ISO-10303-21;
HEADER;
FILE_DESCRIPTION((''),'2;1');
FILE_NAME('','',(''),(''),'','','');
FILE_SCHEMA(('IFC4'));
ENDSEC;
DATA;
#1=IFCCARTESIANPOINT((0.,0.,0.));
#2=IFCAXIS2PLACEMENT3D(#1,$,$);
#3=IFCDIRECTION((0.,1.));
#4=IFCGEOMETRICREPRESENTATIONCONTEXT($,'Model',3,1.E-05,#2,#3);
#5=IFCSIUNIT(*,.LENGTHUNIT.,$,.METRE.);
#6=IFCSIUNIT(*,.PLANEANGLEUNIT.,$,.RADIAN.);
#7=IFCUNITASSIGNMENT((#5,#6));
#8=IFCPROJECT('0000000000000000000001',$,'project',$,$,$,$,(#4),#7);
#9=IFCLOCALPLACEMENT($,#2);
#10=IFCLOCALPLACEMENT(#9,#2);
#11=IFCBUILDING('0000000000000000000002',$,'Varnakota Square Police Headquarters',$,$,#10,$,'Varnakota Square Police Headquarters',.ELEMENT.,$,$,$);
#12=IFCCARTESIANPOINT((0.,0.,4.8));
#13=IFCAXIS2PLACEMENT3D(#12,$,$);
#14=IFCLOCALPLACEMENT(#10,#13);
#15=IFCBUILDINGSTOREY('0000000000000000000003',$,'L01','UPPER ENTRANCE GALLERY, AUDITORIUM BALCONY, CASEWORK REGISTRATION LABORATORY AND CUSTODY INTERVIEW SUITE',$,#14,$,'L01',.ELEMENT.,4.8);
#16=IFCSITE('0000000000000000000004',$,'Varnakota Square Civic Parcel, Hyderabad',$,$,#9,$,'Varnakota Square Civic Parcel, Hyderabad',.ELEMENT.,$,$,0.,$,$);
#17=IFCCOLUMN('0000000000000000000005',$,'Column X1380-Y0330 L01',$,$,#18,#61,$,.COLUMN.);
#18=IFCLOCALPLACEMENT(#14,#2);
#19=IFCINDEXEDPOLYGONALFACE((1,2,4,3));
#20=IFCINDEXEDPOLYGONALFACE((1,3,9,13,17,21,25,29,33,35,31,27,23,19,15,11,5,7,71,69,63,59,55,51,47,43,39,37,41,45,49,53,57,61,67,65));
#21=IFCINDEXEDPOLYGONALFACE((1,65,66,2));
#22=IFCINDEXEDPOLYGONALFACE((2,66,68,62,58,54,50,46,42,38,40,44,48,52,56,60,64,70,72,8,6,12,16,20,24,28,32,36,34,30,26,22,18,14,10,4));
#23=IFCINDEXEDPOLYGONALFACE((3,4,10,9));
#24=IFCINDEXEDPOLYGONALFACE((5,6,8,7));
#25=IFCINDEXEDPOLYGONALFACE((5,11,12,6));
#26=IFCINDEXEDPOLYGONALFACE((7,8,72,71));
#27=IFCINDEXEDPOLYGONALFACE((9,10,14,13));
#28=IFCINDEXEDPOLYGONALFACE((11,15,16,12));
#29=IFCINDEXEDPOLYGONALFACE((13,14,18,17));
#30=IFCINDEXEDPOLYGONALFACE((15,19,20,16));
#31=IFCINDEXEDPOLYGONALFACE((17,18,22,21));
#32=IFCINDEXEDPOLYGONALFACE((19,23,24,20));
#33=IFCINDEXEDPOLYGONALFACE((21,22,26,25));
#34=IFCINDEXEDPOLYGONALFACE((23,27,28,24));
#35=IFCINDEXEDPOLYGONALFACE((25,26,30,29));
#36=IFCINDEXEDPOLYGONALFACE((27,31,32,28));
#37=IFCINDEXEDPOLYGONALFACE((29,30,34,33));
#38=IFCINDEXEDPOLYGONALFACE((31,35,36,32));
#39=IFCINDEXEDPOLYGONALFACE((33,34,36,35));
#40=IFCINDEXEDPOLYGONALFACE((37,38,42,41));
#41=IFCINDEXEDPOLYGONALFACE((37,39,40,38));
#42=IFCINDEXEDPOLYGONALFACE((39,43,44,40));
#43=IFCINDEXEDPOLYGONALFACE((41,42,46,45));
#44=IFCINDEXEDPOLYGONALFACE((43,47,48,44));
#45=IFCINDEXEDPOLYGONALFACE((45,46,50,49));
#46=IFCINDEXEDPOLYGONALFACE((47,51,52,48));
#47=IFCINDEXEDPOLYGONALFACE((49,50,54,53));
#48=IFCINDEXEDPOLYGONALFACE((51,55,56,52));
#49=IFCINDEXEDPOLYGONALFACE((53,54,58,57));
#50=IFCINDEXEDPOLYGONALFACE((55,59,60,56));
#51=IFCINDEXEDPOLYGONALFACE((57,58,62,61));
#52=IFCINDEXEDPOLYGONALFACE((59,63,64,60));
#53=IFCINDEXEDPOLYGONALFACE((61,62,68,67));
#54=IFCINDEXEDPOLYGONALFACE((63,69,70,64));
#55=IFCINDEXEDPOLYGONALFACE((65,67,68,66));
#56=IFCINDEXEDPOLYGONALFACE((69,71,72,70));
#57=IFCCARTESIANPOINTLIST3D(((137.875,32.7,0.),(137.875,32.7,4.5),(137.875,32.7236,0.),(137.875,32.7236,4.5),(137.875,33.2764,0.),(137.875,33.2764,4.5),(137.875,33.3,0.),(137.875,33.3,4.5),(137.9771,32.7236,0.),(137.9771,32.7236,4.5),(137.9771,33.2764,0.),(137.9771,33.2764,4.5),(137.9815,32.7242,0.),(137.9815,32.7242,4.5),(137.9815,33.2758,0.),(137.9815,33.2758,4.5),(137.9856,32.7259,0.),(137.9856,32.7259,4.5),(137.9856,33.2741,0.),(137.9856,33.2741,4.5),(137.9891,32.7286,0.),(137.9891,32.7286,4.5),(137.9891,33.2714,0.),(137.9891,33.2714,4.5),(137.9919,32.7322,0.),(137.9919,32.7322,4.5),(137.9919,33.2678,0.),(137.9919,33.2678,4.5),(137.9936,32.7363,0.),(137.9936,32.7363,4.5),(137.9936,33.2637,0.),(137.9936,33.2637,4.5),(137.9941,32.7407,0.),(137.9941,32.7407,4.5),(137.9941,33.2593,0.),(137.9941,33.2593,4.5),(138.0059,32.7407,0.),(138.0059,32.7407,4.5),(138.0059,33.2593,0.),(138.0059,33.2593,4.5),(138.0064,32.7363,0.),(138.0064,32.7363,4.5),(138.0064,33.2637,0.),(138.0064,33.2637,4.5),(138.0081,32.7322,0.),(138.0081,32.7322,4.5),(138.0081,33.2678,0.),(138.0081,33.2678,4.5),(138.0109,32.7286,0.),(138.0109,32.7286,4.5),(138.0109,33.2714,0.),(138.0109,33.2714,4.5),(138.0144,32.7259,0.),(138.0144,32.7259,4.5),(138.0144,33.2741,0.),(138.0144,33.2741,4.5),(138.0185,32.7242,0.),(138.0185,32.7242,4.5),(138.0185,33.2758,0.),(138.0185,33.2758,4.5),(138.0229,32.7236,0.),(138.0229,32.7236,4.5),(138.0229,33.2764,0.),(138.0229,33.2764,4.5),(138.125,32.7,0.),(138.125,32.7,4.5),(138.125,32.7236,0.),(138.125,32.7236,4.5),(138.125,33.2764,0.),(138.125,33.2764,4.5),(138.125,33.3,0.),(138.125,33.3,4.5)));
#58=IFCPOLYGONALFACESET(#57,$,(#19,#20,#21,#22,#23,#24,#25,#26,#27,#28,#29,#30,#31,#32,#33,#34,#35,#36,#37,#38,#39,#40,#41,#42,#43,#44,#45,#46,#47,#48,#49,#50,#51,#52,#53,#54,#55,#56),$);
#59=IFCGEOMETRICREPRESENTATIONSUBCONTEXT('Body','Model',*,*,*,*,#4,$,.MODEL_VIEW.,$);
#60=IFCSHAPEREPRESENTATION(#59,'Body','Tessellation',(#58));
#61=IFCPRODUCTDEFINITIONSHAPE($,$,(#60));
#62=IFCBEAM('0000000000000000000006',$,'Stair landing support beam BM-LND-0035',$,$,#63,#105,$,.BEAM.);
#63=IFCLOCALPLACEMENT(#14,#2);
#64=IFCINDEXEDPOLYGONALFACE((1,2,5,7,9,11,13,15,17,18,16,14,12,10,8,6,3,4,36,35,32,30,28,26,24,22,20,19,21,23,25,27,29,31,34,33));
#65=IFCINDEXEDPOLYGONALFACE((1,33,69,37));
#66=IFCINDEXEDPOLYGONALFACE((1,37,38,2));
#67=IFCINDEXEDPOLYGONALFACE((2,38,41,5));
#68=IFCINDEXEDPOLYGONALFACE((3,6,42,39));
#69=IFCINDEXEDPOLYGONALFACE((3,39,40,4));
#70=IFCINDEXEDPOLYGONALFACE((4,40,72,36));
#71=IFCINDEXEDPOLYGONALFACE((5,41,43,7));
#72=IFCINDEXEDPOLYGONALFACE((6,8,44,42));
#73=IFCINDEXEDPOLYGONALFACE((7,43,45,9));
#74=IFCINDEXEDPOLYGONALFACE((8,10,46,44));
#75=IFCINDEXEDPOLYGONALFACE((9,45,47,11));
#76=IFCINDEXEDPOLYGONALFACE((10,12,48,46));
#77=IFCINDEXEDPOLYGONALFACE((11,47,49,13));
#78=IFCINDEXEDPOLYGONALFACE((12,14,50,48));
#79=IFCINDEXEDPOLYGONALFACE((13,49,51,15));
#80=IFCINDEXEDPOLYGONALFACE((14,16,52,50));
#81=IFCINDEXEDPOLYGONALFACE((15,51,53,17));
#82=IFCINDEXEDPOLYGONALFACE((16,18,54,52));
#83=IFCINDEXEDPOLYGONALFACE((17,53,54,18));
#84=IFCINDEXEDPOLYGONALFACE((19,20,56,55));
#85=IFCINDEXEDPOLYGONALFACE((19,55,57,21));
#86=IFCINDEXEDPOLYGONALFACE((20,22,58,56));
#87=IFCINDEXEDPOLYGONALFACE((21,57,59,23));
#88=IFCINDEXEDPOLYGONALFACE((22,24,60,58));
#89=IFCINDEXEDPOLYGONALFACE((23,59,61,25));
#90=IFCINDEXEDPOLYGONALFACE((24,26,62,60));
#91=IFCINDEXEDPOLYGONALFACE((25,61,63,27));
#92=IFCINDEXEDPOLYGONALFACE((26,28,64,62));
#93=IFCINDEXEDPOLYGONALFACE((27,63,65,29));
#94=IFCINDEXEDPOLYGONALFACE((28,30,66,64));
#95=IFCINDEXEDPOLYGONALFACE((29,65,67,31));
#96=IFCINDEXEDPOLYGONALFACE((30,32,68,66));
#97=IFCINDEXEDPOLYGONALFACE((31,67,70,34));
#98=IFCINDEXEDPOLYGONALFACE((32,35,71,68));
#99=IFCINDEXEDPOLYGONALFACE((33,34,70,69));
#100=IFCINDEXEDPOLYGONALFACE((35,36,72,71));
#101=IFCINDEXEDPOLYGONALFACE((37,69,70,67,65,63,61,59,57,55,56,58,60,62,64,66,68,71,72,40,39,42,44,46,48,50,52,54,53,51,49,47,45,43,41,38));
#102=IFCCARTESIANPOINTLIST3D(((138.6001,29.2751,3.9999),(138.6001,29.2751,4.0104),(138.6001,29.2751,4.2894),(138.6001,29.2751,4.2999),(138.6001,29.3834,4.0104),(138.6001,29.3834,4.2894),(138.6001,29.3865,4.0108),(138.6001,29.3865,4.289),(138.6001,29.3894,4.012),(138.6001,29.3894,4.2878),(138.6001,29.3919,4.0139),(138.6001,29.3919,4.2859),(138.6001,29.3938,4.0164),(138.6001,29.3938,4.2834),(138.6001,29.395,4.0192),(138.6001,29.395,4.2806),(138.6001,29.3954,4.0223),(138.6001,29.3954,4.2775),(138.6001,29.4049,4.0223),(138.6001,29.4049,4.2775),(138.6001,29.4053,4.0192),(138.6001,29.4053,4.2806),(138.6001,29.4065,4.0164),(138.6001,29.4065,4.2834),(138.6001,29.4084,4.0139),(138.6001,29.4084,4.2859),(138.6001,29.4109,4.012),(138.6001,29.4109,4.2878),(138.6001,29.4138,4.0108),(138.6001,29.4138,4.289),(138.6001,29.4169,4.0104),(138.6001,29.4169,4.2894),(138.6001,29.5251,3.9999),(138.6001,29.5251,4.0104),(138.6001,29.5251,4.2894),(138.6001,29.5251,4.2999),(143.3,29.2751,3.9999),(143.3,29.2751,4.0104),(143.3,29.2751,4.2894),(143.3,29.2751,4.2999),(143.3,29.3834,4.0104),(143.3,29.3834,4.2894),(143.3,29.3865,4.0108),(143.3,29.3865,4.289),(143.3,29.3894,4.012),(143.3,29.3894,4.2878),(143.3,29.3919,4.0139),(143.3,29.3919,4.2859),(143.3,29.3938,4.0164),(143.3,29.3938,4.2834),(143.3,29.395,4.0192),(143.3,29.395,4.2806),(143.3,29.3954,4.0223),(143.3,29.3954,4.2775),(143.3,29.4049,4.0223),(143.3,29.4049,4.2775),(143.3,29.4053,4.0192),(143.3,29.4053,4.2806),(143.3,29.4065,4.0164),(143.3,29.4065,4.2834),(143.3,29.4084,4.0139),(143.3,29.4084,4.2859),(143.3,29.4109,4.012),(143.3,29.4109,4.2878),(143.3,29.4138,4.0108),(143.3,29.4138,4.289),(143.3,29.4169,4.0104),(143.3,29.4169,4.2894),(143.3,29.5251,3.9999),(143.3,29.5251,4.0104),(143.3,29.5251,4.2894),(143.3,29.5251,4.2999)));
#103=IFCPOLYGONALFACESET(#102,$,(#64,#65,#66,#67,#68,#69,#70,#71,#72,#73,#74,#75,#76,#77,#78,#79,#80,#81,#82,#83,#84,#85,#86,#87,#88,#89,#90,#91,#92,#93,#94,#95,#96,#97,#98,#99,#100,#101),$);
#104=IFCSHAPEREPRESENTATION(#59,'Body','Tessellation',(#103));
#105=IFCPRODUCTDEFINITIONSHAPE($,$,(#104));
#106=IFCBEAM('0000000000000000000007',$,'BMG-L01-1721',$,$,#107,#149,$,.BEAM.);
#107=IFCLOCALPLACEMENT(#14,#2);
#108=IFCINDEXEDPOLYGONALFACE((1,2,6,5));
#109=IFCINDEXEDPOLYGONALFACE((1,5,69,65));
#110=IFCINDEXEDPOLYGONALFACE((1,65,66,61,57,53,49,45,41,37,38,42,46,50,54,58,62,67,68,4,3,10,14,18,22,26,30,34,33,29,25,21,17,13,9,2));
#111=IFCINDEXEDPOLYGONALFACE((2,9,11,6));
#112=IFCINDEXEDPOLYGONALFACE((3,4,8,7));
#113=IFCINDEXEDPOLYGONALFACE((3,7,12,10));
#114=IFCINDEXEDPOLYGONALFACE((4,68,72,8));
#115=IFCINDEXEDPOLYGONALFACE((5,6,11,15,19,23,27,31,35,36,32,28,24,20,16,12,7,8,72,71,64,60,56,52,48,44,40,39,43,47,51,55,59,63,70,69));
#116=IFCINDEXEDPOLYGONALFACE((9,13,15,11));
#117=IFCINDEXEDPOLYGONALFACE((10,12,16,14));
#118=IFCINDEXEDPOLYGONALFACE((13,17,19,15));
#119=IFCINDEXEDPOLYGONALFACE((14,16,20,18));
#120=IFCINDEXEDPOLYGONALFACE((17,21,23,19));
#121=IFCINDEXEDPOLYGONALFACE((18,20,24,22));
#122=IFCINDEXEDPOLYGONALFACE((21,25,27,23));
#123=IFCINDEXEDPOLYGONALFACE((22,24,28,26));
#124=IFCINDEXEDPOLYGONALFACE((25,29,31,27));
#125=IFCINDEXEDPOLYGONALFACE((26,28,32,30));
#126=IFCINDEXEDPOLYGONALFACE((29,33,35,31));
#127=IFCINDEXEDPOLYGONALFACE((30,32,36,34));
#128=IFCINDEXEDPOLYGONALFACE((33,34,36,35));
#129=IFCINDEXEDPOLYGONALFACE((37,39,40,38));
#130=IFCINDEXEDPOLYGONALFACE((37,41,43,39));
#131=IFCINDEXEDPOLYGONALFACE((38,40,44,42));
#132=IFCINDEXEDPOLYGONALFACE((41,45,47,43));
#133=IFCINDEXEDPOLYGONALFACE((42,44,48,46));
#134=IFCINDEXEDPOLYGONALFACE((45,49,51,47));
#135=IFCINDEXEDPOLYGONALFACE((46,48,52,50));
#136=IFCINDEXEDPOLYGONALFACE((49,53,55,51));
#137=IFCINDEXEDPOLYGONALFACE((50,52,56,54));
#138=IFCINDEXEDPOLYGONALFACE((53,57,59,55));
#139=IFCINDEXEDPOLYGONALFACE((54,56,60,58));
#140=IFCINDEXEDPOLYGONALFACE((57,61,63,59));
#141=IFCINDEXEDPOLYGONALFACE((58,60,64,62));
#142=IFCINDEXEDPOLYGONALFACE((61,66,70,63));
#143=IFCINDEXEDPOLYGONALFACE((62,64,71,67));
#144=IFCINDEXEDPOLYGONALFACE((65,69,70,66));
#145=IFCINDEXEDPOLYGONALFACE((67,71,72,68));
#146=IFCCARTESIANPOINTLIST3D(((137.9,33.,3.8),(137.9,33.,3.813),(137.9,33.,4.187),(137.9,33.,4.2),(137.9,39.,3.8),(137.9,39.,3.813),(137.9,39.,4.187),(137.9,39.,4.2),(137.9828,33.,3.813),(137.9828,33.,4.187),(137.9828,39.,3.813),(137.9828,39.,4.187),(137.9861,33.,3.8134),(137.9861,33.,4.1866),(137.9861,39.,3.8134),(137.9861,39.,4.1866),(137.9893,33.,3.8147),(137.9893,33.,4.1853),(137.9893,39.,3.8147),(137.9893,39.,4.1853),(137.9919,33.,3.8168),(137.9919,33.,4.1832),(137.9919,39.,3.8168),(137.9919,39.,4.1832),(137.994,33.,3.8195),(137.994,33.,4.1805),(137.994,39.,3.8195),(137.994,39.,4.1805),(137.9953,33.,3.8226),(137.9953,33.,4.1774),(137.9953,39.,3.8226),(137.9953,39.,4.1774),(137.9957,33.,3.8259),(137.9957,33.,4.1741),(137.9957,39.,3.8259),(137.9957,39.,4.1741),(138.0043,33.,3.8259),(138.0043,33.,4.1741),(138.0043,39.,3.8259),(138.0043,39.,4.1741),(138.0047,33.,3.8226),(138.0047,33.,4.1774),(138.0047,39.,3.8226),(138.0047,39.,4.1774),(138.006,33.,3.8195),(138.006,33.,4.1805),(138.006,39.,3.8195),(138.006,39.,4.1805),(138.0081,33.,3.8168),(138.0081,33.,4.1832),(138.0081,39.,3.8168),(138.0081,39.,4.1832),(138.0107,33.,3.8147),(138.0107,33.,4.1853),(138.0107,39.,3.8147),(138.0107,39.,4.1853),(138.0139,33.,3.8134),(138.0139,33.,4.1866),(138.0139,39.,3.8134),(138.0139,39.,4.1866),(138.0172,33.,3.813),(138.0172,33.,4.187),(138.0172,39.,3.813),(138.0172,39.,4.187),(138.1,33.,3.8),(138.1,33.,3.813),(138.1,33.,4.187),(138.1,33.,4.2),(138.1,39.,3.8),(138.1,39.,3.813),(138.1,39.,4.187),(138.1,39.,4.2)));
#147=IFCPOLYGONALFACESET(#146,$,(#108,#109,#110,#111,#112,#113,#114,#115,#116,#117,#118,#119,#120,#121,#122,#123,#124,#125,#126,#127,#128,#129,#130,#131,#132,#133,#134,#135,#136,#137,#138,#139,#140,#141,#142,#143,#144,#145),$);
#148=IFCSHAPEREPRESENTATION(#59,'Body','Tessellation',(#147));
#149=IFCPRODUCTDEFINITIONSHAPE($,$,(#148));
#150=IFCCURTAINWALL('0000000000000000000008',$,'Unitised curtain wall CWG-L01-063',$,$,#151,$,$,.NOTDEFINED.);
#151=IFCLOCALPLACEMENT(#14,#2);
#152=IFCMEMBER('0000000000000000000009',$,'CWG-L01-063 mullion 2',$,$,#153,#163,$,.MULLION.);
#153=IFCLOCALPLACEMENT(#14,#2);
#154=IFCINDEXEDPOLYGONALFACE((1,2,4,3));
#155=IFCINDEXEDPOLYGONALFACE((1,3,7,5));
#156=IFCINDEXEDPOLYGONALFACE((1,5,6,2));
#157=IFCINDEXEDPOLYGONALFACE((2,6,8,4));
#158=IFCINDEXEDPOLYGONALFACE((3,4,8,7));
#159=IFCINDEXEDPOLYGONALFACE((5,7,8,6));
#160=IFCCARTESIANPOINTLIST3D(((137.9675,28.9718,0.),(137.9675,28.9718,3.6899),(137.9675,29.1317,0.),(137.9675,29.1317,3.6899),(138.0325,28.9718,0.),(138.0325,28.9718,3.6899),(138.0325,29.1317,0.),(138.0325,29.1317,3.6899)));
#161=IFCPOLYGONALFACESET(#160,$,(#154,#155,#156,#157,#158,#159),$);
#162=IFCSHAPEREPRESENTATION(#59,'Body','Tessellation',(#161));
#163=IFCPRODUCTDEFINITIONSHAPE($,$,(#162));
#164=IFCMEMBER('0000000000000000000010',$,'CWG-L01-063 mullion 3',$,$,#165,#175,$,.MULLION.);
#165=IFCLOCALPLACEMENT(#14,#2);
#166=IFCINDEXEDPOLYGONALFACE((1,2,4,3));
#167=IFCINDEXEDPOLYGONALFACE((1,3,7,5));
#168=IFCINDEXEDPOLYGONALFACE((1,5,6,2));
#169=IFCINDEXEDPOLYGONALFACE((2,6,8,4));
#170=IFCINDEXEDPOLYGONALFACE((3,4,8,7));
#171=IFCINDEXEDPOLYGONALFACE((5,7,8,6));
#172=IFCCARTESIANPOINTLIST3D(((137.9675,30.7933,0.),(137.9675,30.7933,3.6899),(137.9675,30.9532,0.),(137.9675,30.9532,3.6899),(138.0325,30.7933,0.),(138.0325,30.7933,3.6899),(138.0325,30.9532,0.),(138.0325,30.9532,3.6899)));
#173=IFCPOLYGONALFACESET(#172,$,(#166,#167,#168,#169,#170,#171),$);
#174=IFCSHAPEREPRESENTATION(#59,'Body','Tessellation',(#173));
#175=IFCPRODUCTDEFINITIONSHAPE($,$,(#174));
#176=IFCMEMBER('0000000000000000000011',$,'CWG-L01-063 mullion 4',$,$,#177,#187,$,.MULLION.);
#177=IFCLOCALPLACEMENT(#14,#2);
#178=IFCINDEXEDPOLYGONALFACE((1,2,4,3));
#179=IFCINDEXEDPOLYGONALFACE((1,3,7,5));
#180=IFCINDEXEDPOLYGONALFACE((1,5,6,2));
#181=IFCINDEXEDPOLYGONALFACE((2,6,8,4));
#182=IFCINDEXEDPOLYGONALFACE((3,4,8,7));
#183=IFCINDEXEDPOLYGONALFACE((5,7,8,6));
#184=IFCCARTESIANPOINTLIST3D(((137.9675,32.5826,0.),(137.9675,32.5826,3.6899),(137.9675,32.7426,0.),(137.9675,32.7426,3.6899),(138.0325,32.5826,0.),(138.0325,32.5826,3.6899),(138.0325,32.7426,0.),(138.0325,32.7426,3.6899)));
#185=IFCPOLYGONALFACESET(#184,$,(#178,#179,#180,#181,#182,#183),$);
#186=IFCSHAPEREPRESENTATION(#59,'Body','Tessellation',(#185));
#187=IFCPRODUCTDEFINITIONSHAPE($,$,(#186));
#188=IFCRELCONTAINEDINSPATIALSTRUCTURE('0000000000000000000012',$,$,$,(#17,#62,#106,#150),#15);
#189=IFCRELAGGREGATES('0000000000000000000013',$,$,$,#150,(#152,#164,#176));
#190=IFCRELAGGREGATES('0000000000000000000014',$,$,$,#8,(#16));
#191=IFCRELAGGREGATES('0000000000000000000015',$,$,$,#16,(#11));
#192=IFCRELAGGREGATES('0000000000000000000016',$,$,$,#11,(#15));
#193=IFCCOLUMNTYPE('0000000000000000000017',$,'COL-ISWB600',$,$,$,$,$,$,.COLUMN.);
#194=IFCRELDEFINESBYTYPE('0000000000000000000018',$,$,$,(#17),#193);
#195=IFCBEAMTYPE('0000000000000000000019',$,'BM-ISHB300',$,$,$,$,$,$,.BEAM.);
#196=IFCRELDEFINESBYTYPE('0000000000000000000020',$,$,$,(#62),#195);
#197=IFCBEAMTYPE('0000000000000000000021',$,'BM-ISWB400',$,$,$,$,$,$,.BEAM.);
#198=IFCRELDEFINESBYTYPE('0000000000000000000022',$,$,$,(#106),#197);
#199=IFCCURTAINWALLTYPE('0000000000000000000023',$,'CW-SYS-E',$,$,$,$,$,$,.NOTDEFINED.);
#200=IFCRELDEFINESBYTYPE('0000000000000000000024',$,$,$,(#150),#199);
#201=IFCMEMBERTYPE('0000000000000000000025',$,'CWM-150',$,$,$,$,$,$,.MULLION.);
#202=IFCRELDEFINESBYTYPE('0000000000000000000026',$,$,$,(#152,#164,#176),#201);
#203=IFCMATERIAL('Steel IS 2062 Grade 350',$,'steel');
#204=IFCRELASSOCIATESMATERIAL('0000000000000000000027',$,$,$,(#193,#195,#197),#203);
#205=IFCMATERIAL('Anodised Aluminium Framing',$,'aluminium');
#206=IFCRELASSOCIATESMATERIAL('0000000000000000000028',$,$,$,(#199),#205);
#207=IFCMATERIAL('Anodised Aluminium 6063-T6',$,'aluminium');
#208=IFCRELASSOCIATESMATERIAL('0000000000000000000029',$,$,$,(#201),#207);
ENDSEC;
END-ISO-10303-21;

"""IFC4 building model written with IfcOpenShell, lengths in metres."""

from ifc_helpers import new_model, si_unit, direction, frame, origin, origin_2d, place, context, subcontext, project, spatial, rectangle, i_section, extrude, material, material_profile, profile_set, type_object, element, aggregate, save


model = new_model("IFC4")

# Units and contexts
model_context = context("Model", 3, precision=1e-05, world=origin(), true_north=direction((0.0, 1.0)))
body_context = subcontext(model_context, "Body", "Model", "MODEL_VIEW")
ifc_project = project(units=[si_unit("LENGTHUNIT", "METRE"), si_unit("PLANEANGLEUNIT", "RADIAN")], contexts=[model_context])

# Site, building, storey
site_placement = place(None, origin())
site = spatial("IfcSite", under=ifc_project, at=site_placement, Name="Varnakota Square Civic Parcel, Hyderabad", LongName="Varnakota Square Civic Parcel, Hyderabad", CompositionType="ELEMENT", RefElevation=0.0)
building_placement = place(site_placement, origin())
building = spatial("IfcBuilding", under=site, at=building_placement, Name="Varnakota Square Police Headquarters", LongName="Varnakota Square Police Headquarters", CompositionType="ELEMENT")
storey_placement = place(building_placement, frame((0.0, 0.0, 4.8)))
storey = spatial("IfcBuildingStorey", under=building, at=storey_placement, Name="L01", Description="UPPER ENTRANCE GALLERY, AUDITORIUM BALCONY, CASEWORK REGISTRATION LABORATORY AND CUSTODY INTERVIEW SUITE", LongName="L01", CompositionType="ELEMENT", Elevation=4.8)

# Column
ifc_material_1 = material(Name="Steel IS 2062 Grade 350", Category="steel")
ifc_material_profile_1 = material_profile(ifc_material_1, i_section(OverallWidth=0.25, OverallDepth=0.6001, WebThickness=0.0117, FlangeThickness=0.0237, FilletRadius=0.0171, at=origin_2d()), Name="ISWB 600")
ifc_profile_set_1 = profile_set([ifc_material_profile_1], Name="Steel IS 2062 Grade 350")
column_type = type_object("IfcColumnType", Name="COL-ISWB600", PredefinedType="COLUMN", material=ifc_profile_set_1)
column_placement = place(storey_placement, frame((138.0, 33.0, 0.0), z_axis=(0.0, 0.0, 1.0), x_axis=(1.0, 0.0, 0.0)))
element("IfcColumn", 1, at=column_placement, inside=storey, type_object=column_type, Name="Column X1380-Y0330 L01", PredefinedType="COLUMN", context=body_context, shape_type="SweptSolid", body=[
    extrude(i_section(OverallWidth=0.25, OverallDepth=0.6001, WebThickness=0.0117, FlangeThickness=0.0237, FilletRadius=0.0171, at=origin_2d()), origin(), (0.0, 0.0, 1.0), 4.5),
])

# Beams
ifc_material_profile_2 = material_profile(ifc_material_1, i_section(OverallWidth=0.25, OverallDepth=0.3, WebThickness=0.0095, FlangeThickness=0.0105, FilletRadius=0.012, at=origin_2d()), Name="ISHB 300")
ifc_profile_set_2 = profile_set([ifc_material_profile_2], Name="Steel IS 2062 Grade 350")
beam_type_1 = type_object("IfcBeamType", Name="BM-ISHB300", PredefinedType="BEAM", material=ifc_profile_set_2)
beam_1_placement = place(storey_placement, frame((138.6001, 29.4001, 4.1499), z_axis=(1.0, 0.0, 0.0), x_axis=(0.0, 1.0, 0.0)))
element("IfcBeam", 2, at=beam_1_placement, inside=storey, type_object=beam_type_1, Name="Stair landing support beam BM-LND-0035", PredefinedType="BEAM", context=body_context, shape_type="SweptSolid", body=[
    extrude(i_section(OverallWidth=0.25, OverallDepth=0.3, WebThickness=0.0095, FlangeThickness=0.0105, FilletRadius=0.012, at=origin_2d()), origin(), (0.0, 0.0, 1.0), 4.7),
])
ifc_material_profile_3 = material_profile(ifc_material_1, i_section(OverallWidth=0.2, OverallDepth=0.3999, WebThickness=0.0085, FlangeThickness=0.0129, FilletRadius=0.0129, at=origin_2d()), Name="ISWB 400")
ifc_profile_set_3 = profile_set([ifc_material_profile_3], Name="Steel IS 2062 Grade 350")
beam_type_2 = type_object("IfcBeamType", Name="BM-ISWB400", PredefinedType="BEAM", material=ifc_profile_set_3)
beam_2_placement = place(storey_placement, frame((138.0, 33.0, 4.0), z_axis=(0.0, 1.0, 0.0), x_axis=(-1.0, 0.0, 0.0)))
element("IfcBeam", 3, at=beam_2_placement, inside=storey, type_object=beam_type_2, Name="BMG-L01-1721", PredefinedType="BEAM", context=body_context, shape_type="SweptSolid", body=[
    extrude(i_section(OverallWidth=0.2, OverallDepth=0.3999, WebThickness=0.0085, FlangeThickness=0.0129, FilletRadius=0.0129, at=origin_2d()), origin(), (0.0, 0.0, 1.0), 6.0),
])

# Curtain wall, members
ifc_material_2 = material(Name="Anodised Aluminium Framing", Category="aluminium")
curtain_wall_type = type_object("IfcCurtainWallType", Name="CW-SYS-E", PredefinedType="NOTDEFINED", material=ifc_material_2)
curtain_wall_placement = place(storey_placement, origin())
curtain_wall = element("IfcCurtainWall", 4, at=curtain_wall_placement, inside=storey, type_object=curtain_wall_type, Name="Unitised curtain wall CWG-L01-063", PredefinedType="NOTDEFINED")
ifc_material_3 = material(Name="Anodised Aluminium 6063-T6", Category="aluminium")
ifc_material_profile_4 = material_profile(ifc_material_3, rectangle(XDim=0.0649, YDim=0.1599, at=origin_2d()), Name="ALU MULLION 65x160")
ifc_profile_set_4 = profile_set([ifc_material_profile_4], Name="Anodised Aluminium 6063-T6")
member_type_1 = type_object("IfcMemberType", Name="CWM-150", PredefinedType="MULLION", material=ifc_profile_set_4)
member_1_placement = place(storey_placement, frame((138.0, 29.0518, 0.0), z_axis=(0.0, 0.0, 1.0), x_axis=(-1.0, 0.0, 0.0)))
member_1 = element("IfcMember", 5, at=member_1_placement, type_object=member_type_1, Name="CWG-L01-063 mullion 2", PredefinedType="MULLION", context=body_context, shape_type="SweptSolid", body=[
    extrude(rectangle(XDim=0.0649, YDim=0.1599, at=origin_2d()), origin(), (0.0, 0.0, 1.0), 3.6899),
])
member_2_placement = place(storey_placement, frame((138.0, 30.8733, 0.0), z_axis=(0.0, 0.0, 1.0), x_axis=(-1.0, 0.0, 0.0)))
member_2 = element("IfcMember", 6, at=member_2_placement, type_object=member_type_1, Name="CWG-L01-063 mullion 3", PredefinedType="MULLION", context=body_context, shape_type="SweptSolid", body=[
    extrude(rectangle(XDim=0.0649, YDim=0.1599, at=origin_2d()), origin(), (0.0, 0.0, 1.0), 3.6899),
])
member_3_placement = place(storey_placement, frame((138.0, 32.6626, 0.0), z_axis=(0.0, 0.0, 1.0), x_axis=(-1.0, 0.0, 0.0)))
member_3 = element("IfcMember", 7, at=member_3_placement, type_object=member_type_1, Name="CWG-L01-063 mullion 4", PredefinedType="MULLION", context=body_context, shape_type="SweptSolid", body=[
    extrude(rectangle(XDim=0.0649, YDim=0.1599, at=origin_2d()), origin(), (0.0, 0.0, 1.0), 3.6899),
])
aggregate(curtain_wall, [member_1, member_2, member_3])

save(model, "model.ifc")
